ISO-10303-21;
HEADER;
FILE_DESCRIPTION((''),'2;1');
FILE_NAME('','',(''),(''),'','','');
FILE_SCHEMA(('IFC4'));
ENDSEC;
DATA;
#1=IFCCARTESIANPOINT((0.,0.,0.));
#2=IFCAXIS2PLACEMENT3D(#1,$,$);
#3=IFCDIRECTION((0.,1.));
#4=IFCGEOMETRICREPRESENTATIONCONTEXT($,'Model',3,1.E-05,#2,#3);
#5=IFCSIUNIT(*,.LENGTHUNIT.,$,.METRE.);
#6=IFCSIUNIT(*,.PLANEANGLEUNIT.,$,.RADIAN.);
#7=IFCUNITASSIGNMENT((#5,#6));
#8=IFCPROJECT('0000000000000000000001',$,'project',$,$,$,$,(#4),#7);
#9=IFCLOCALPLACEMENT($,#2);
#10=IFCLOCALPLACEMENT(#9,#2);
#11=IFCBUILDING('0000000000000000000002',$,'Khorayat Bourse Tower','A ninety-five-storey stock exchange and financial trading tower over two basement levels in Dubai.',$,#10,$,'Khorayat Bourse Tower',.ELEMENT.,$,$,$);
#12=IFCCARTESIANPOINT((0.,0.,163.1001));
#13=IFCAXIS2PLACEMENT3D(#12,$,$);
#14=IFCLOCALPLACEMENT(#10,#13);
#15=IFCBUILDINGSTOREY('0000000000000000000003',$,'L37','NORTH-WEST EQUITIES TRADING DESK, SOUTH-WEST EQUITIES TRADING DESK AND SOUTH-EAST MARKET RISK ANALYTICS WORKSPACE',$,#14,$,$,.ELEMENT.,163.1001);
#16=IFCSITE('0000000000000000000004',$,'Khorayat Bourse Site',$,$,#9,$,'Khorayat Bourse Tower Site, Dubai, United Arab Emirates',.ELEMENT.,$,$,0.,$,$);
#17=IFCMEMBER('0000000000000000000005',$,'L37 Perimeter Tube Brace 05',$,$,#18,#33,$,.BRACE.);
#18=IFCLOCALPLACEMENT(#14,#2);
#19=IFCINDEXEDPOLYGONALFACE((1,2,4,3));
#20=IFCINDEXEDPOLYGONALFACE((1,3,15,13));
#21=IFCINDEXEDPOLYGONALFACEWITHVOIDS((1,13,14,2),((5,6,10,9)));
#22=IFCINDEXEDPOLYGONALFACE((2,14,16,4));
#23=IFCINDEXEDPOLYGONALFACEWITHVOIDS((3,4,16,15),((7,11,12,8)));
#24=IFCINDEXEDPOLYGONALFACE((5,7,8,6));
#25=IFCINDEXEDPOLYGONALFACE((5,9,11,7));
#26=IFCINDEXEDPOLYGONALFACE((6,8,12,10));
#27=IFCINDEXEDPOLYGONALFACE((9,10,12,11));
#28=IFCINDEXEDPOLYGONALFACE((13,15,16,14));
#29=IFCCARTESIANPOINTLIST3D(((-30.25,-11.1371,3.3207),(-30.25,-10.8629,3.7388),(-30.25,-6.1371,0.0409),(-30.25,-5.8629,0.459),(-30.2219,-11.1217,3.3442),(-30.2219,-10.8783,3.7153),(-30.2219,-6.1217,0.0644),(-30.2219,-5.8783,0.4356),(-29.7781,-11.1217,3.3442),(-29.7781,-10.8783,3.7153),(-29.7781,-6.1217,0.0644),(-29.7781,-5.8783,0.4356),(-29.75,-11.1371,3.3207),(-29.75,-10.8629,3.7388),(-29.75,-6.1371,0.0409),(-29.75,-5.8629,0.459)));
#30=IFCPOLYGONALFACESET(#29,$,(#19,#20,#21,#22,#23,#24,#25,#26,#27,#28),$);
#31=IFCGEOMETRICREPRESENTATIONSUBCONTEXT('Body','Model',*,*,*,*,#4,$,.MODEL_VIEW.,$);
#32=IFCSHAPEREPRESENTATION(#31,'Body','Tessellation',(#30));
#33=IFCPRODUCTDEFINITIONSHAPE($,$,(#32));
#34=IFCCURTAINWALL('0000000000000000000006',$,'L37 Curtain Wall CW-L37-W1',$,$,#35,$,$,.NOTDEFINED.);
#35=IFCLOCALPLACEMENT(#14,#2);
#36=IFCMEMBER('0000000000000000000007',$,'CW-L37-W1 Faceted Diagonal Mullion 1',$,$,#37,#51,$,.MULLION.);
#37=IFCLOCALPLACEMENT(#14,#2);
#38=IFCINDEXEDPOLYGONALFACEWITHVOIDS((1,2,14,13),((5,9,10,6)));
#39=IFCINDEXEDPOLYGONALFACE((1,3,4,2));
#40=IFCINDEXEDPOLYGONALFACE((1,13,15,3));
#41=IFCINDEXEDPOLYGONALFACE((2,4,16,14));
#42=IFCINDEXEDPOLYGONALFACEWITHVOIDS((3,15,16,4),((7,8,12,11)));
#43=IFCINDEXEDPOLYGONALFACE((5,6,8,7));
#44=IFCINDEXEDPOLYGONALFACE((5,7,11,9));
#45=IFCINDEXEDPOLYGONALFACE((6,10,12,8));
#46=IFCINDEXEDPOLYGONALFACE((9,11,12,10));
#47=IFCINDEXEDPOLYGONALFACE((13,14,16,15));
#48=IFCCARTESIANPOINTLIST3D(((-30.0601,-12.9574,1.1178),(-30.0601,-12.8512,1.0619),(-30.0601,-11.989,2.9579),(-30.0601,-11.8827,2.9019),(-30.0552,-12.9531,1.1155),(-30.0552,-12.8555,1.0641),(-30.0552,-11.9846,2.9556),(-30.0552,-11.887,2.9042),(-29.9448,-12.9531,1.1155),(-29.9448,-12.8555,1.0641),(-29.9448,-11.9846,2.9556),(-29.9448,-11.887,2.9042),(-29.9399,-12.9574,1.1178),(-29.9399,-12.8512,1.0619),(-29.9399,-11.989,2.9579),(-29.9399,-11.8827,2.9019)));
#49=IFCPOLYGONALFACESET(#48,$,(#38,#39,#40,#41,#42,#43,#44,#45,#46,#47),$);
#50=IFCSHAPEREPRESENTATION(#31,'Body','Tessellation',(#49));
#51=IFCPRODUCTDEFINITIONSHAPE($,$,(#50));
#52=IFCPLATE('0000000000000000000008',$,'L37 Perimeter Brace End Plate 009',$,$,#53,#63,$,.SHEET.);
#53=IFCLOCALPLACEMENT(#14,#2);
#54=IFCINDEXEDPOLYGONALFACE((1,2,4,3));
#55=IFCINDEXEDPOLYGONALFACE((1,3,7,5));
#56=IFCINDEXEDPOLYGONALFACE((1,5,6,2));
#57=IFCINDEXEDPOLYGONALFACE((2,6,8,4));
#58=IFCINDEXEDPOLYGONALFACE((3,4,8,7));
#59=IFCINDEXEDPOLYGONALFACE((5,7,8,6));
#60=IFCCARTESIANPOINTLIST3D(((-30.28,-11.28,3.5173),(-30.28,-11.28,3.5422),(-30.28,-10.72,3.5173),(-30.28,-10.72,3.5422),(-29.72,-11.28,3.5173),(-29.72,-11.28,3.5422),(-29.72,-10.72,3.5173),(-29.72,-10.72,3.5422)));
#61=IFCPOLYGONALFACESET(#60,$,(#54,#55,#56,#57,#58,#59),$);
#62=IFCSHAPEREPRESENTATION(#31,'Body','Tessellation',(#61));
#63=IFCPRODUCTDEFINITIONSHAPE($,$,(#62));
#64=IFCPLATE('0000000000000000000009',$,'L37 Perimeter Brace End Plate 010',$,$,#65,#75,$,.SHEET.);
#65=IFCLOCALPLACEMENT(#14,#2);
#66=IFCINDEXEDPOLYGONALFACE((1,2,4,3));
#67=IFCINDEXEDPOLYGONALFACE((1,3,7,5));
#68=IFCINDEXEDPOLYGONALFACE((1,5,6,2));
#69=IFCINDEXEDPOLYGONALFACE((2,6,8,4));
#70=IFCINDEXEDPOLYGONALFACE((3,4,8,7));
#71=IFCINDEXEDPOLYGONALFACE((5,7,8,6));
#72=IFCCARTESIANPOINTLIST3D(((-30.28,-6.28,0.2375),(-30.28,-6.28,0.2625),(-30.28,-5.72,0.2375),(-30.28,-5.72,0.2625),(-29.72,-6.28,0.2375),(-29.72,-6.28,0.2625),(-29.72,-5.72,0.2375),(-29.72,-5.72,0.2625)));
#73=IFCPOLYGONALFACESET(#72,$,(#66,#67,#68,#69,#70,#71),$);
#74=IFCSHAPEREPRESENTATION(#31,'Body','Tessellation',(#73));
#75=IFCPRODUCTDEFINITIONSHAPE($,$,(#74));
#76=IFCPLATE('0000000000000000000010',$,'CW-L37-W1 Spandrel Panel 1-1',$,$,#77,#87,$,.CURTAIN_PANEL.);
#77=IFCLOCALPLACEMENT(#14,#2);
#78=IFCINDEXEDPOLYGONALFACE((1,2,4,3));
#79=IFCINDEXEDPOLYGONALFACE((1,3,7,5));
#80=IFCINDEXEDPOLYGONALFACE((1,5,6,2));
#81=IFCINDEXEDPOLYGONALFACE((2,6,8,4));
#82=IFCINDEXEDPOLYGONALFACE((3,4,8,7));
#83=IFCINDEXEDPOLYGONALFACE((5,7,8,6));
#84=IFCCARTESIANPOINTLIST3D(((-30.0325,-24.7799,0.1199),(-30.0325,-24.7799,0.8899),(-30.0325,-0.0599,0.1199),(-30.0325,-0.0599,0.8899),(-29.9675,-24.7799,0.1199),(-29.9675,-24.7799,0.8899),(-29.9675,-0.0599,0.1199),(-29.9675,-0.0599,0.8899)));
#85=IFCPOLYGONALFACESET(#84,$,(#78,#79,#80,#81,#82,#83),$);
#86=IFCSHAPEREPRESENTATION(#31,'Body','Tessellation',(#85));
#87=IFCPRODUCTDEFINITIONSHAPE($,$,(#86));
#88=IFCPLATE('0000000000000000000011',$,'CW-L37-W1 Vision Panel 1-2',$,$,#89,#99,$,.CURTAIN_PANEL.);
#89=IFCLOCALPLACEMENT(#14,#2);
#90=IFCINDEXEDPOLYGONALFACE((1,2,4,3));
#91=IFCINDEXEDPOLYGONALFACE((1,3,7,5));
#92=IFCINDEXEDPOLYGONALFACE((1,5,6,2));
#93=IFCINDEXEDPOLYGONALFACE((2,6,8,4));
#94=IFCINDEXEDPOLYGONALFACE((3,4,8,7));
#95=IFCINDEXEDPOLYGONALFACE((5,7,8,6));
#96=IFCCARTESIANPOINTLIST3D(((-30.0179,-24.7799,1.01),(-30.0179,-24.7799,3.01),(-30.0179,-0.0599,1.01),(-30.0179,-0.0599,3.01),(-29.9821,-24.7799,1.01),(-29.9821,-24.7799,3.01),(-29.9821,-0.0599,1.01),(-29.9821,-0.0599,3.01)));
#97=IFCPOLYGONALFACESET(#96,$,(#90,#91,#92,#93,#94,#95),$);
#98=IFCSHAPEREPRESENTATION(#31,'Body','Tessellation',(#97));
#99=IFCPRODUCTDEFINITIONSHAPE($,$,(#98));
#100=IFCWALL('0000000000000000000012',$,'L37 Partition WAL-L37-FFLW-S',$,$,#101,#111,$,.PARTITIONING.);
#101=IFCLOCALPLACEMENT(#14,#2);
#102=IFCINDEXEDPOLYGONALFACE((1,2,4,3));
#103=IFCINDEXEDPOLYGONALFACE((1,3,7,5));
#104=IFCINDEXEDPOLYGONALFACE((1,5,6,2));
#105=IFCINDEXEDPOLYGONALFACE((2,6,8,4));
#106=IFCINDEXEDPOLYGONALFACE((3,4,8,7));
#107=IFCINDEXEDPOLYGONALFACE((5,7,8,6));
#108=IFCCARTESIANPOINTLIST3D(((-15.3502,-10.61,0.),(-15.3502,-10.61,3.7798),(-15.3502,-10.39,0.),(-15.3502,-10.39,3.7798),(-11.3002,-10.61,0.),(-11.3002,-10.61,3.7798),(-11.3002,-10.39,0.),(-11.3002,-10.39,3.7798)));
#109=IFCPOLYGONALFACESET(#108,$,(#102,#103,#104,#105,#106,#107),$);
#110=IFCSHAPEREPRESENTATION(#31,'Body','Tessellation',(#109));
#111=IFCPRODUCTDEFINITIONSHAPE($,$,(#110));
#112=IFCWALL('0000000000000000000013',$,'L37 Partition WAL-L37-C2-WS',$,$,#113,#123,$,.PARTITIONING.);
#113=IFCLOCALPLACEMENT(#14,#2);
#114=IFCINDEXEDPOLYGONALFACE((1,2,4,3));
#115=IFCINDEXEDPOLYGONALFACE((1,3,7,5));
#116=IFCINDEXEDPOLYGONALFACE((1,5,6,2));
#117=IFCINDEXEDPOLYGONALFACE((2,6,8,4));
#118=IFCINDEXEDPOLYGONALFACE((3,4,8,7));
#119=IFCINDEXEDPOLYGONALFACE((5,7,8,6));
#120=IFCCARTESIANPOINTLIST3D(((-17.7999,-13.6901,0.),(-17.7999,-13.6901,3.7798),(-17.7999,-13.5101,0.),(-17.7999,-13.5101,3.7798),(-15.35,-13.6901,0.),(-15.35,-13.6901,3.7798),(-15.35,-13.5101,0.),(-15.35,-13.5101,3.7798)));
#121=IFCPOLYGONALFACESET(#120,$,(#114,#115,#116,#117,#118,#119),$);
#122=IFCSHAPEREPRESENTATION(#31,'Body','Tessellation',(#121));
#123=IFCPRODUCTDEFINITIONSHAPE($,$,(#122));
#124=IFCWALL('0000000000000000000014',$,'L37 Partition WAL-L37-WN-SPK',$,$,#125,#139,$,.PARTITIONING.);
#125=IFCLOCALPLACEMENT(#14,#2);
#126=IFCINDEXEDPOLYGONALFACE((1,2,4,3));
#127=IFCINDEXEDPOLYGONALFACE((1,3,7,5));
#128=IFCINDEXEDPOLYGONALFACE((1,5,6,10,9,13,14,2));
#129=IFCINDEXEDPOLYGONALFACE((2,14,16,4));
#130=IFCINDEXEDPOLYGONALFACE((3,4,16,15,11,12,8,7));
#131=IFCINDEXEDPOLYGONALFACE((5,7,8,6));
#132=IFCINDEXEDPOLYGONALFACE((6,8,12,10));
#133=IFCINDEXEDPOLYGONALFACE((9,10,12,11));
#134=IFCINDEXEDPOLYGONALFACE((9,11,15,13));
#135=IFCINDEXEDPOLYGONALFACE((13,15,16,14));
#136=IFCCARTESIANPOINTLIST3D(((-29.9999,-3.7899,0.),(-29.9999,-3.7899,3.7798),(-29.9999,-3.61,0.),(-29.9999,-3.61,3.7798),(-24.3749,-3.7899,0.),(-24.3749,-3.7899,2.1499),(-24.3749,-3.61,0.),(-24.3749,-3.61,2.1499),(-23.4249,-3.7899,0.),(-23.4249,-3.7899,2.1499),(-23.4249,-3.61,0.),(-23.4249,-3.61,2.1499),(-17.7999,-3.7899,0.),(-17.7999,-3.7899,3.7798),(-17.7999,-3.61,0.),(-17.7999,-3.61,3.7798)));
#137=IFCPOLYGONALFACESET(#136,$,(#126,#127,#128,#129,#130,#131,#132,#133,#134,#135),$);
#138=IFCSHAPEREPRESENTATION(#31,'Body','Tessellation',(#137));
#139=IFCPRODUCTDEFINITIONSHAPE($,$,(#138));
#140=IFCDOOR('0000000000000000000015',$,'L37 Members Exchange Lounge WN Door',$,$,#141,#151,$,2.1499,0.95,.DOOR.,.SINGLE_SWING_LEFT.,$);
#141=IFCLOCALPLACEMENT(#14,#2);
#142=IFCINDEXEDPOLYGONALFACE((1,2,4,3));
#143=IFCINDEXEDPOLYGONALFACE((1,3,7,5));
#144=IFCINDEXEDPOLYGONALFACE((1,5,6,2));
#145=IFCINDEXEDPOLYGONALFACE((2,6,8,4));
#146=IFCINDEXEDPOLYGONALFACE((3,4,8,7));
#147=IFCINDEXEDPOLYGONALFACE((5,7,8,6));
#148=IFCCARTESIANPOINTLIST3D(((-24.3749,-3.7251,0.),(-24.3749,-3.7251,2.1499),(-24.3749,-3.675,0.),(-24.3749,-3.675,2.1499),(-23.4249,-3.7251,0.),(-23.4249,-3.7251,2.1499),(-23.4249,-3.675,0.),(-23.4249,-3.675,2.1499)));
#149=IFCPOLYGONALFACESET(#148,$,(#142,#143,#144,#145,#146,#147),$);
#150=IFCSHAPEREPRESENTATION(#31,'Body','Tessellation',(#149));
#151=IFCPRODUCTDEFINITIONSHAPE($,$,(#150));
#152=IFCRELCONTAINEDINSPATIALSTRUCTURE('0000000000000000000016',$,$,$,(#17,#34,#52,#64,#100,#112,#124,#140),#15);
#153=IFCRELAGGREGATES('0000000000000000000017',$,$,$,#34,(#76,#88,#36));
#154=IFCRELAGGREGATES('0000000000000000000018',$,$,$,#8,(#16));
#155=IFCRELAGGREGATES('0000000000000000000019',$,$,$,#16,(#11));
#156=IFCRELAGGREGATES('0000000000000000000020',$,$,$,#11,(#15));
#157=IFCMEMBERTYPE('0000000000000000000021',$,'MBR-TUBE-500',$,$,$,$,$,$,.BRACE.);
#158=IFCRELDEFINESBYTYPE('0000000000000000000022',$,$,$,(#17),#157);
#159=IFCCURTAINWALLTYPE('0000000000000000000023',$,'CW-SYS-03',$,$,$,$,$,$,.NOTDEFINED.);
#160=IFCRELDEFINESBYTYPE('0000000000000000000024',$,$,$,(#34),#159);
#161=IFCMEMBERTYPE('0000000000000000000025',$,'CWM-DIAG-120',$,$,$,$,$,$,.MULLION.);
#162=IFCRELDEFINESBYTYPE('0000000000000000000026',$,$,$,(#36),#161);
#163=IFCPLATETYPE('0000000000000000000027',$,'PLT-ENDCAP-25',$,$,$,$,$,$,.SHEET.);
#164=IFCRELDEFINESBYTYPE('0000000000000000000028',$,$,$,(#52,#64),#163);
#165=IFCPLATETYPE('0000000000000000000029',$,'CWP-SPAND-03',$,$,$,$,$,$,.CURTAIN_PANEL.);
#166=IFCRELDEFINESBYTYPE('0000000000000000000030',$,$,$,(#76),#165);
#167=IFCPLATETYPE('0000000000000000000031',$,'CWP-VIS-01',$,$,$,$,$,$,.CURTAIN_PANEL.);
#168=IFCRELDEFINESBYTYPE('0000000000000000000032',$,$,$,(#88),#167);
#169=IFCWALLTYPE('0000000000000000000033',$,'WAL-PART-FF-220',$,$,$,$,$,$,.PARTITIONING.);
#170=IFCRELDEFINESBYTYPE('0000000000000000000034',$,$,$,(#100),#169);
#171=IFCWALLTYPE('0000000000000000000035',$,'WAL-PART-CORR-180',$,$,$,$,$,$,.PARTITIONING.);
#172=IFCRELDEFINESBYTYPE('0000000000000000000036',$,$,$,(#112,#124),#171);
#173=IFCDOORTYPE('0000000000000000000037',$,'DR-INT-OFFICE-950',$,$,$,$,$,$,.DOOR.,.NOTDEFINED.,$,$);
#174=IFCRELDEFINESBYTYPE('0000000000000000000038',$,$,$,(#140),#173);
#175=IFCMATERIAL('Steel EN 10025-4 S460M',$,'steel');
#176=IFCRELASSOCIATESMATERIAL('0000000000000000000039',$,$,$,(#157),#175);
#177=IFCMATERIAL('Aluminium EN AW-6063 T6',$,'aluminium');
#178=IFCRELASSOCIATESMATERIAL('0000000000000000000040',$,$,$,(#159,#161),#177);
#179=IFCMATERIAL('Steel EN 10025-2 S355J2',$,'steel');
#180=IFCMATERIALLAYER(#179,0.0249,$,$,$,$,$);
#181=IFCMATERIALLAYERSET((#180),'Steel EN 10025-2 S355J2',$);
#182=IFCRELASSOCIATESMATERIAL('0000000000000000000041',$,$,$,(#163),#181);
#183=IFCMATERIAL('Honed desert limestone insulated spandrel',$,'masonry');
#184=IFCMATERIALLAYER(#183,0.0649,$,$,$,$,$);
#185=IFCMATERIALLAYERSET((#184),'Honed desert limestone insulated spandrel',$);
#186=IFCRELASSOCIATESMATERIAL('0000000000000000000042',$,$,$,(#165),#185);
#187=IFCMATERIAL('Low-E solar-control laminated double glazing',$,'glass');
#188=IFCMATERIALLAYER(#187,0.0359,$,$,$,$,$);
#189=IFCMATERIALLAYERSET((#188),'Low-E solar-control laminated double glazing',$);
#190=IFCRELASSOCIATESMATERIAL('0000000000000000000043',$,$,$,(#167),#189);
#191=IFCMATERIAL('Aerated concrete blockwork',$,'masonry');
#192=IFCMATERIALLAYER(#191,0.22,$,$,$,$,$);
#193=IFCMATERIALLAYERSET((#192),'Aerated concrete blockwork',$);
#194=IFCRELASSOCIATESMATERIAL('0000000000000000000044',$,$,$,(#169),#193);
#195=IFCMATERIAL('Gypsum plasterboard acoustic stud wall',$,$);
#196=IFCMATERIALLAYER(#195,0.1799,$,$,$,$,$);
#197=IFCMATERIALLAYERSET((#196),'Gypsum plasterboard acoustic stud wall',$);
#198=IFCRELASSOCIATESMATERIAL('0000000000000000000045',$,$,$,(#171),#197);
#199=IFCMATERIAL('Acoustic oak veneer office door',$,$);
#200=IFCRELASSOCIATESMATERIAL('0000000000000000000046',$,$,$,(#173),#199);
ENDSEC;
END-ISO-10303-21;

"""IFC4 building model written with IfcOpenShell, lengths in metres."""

from ifc_helpers import new_model, si_unit, direction, frame, frame_2d, origin, origin_2d, place, context, subcontext, project, spatial, rectangle, hollow_rectangle, extrude, source, transform, mapped, material, layer, layer_set, material_profile, profile_set, type_object, element, fill, aggregate, save


model = new_model("IFC4")

# Units and contexts
model_context = context("Model", 3, precision=1e-05, world=origin(), true_north=direction((0.0, 1.0)))
body_context = subcontext(model_context, "Body", "Model", "MODEL_VIEW")
ifc_project = project(units=[si_unit("LENGTHUNIT", "METRE"), si_unit("PLANEANGLEUNIT", "RADIAN")], contexts=[model_context])

# Site, building, storey
site_placement = place(None, origin())
site = spatial("IfcSite", under=ifc_project, at=site_placement, Name="Khorayat Bourse Site", LongName="Khorayat Bourse Tower Site, Dubai, United Arab Emirates", CompositionType="ELEMENT", RefElevation=0.0)
building_placement = place(site_placement, origin())
building = spatial("IfcBuilding", under=site, at=building_placement, Name="Khorayat Bourse Tower", Description="A ninety-five-storey stock exchange and financial trading tower over two basement levels in Dubai.", LongName="Khorayat Bourse Tower", CompositionType="ELEMENT")
storey_placement = place(building_placement, frame((0.0, 0.0, 163.1001)))
storey = spatial("IfcBuildingStorey", under=building, at=storey_placement, Name="L37", Description="NORTH-WEST EQUITIES TRADING DESK, SOUTH-WEST EQUITIES TRADING DESK AND SOUTH-EAST MARKET RISK ANALYTICS WORKSPACE", CompositionType="ELEMENT", Elevation=163.1001)

# Shared definitions
ifc_material_1 = material(Name="Steel EN 10025-4 S460M", Category="steel")

# Member
ifc_material_profile_1 = material_profile(ifc_material_1, hollow_rectangle(XDim=0.5, YDim=0.5, WallThickness=0.0281, at=origin_2d()), Name="HSS 500x500x28")
ifc_profile_set_1 = profile_set([ifc_material_profile_1], Name="Steel EN 10025-4 S460M")
member_type_1 = type_object("IfcMemberType", Name="MBR-TUBE-500", PredefinedType="BRACE", material=ifc_profile_set_1)
shared_shape_1 = source(origin(), body_context, "Body", "SweptSolid", [
    extrude(hollow_rectangle(XDim=0.5, YDim=0.5, WallThickness=0.0281, at=origin_2d()), origin(), (0.0, 0.0, 1.0), 5.9797),
])
member_1_placement = place(storey_placement, frame((-30.0, -11.0, 3.5298), z_axis=(0.0, 0.83616, -0.548485), x_axis=(-1.0, 0.0, 0.0)))
element("IfcMember", 1, at=member_1_placement, inside=storey, type_object=member_type_1, Name="L37 Perimeter Tube Brace 05", PredefinedType="BRACE", context=body_context, shape_type="MappedRepresentation", body=[
    mapped(shared_shape_1, transform((0.0, 0.0, 0.0), scale=1.0)),
])

# Curtain wall, member
ifc_material_2 = material(Name="Aluminium EN AW-6063 T6", Category="aluminium")
curtain_wall_type = type_object("IfcCurtainWallType", Name="CW-SYS-03", PredefinedType="NOTDEFINED", material=ifc_material_2)
curtain_wall_placement = place(storey_placement, origin())
curtain_wall = element("IfcCurtainWall", 2, at=curtain_wall_placement, inside=storey, type_object=curtain_wall_type, Name="L37 Curtain Wall CW-L37-W1", PredefinedType="NOTDEFINED")
ifc_material_profile_2 = material_profile(ifc_material_2, hollow_rectangle(XDim=0.1201, YDim=0.1201, WallThickness=0.0049, at=origin_2d()), Name="ALU 120x120x5")
ifc_profile_set_2 = profile_set([ifc_material_profile_2], Name="Aluminium EN AW-6063 T6")
member_type_2 = type_object("IfcMemberType", Name="CWM-DIAG-120", PredefinedType="MULLION", material=ifc_profile_set_2)
shared_shape_2 = source(origin(), body_context, "Body", "SweptSolid", [
    extrude(hollow_rectangle(XDim=0.1201, YDim=0.1201, WallThickness=0.0049, at=origin_2d()), origin(), (0.0, 0.0, 1.0), 2.0793),
])
member_2_placement = place(storey_placement, frame((-30.0, -12.9043, 1.0898), z_axis=(0.0, 0.465761, 0.884911), x_axis=(-1.0, 0.0, 0.0)))
member_2 = element("IfcMember", 3, at=member_2_placement, type_object=member_type_2, Name="CW-L37-W1 Faceted Diagonal Mullion 1", PredefinedType="MULLION", context=body_context, shape_type="MappedRepresentation", body=[
    mapped(shared_shape_2, transform((0.0, 0.0, 0.0), scale=1.0)),
])

# Plates
ifc_material_3 = material(Name="Steel EN 10025-2 S355J2", Category="steel")
ifc_layer_1 = layer(ifc_material_3, 0.0249)
ifc_layer_set_1 = layer_set([ifc_layer_1], Name="Steel EN 10025-2 S355J2")
plate_type_1 = type_object("IfcPlateType", Name="PLT-ENDCAP-25", PredefinedType="SHEET", material=ifc_layer_set_1)
shared_shape_3 = source(origin(), body_context, "Body", "SweptSolid", [
    extrude(rectangle(XDim=0.5601, YDim=0.5601, at=origin_2d()), origin(), (0.0, 0.0, 1.0), 0.0249),
])
for number, where, z_axis, x_axis, name in (
    (4, (-30.0, -11.0, 3.5173), (0.0, 0.0, 1.0), (1.0, 0.0, 0.0), "L37 Perimeter Brace End Plate 009"),
    (5, (-30.0, -6.0, 0.2375), (0.0, 0.0, 1.0), (1.0, 0.0, 0.0), "L37 Perimeter Brace End Plate 010"),
):
    element("IfcPlate", number, at=place(storey_placement, frame(where, z_axis=z_axis, x_axis=x_axis)), inside=storey, type_object=plate_type_1, Name=name, PredefinedType="SHEET", context=body_context, shape_type="MappedRepresentation", body=[
        mapped(shared_shape_3, transform((0.0, 0.0, 0.0), scale=1.0)),
    ])

# Plates
ifc_material_4 = material(Name="Honed desert limestone insulated spandrel", Category="masonry")
ifc_layer_2 = layer(ifc_material_4, 0.0649)
ifc_layer_set_2 = layer_set([ifc_layer_2], Name="Honed desert limestone insulated spandrel")
plate_type_2 = type_object("IfcPlateType", Name="CWP-SPAND-03", PredefinedType="CURTAIN_PANEL", material=ifc_layer_set_2)
shared_shape_4 = source(origin(), body_context, "Body", "SweptSolid", [
    extrude(rectangle(XDim=24.72, YDim=0.0649, at=origin_2d()), origin(), (0.0, 0.0, 1.0), 0.77),
])
plate_1_placement = place(storey_placement, frame((-30.0, -12.4199, 0.1199), z_axis=(0.0, 0.0, 1.0), x_axis=(0.0, 1.0, 0.0)))
plate_1 = element("IfcPlate", 6, at=plate_1_placement, type_object=plate_type_2, Name="CW-L37-W1 Spandrel Panel 1-1", PredefinedType="CURTAIN_PANEL", context=body_context, shape_type="MappedRepresentation", body=[
    mapped(shared_shape_4, transform((0.0, 0.0, 0.0), scale=1.0)),
])
ifc_material_5 = material(Name="Low-E solar-control laminated double glazing", Category="glass")
ifc_layer_3 = layer(ifc_material_5, 0.0359)
ifc_layer_set_3 = layer_set([ifc_layer_3], Name="Low-E solar-control laminated double glazing")
plate_type_3 = type_object("IfcPlateType", Name="CWP-VIS-01", PredefinedType="CURTAIN_PANEL", material=ifc_layer_set_3)
shared_shape_5 = source(origin(), body_context, "Body", "SweptSolid", [
    extrude(rectangle(XDim=24.72, YDim=0.0359, at=origin_2d()), origin(), (0.0, 0.0, 1.0), 2.0),
])
plate_2_placement = place(storey_placement, frame((-30.0, -12.4199, 1.01), z_axis=(0.0, 0.0, 1.0), x_axis=(0.0, 1.0, 0.0)))
plate_2 = element("IfcPlate", 7, at=plate_2_placement, type_object=plate_type_3, Name="CW-L37-W1 Vision Panel 1-2", PredefinedType="CURTAIN_PANEL", context=body_context, shape_type="MappedRepresentation", body=[
    mapped(shared_shape_5, transform((0.0, 0.0, 0.0), scale=1.0)),
])
aggregate(curtain_wall, [plate_1, plate_2, member_2])

# Walls
ifc_material_6 = material(Name="Aerated concrete blockwork", Category="masonry")
ifc_layer_4 = layer(ifc_material_6, 0.22)
ifc_layer_set_4 = layer_set([ifc_layer_4], Name="Aerated concrete blockwork")
wall_type_1 = type_object("IfcWallType", Name="WAL-PART-FF-220", PredefinedType="PARTITIONING", material=ifc_layer_set_4)
shared_shape_6 = source(origin(), body_context, "Body", "SweptSolid", [
    extrude(rectangle(XDim=4.05, YDim=0.22, at=frame_2d((2.0249, 0.0))), origin(), (0.0, 0.0, 1.0), 3.7798),
])
wall_1_placement = place(storey_placement, frame((-15.3501, -10.5, 0.0), z_axis=(0.0, 0.0, 1.0), x_axis=(1.0, 0.0, 0.0)))
element("IfcWall", 8, at=wall_1_placement, inside=storey, type_object=wall_type_1, Name="L37 Partition WAL-L37-FFLW-S", PredefinedType="PARTITIONING", context=body_context, shape_type="MappedRepresentation", body=[
    mapped(shared_shape_6, transform((0.0, 0.0, 0.0), scale=1.0)),
])
ifc_material_7 = material(Name="Gypsum plasterboard acoustic stud wall")
ifc_layer_5 = layer(ifc_material_7, 0.1799)
ifc_layer_set_5 = layer_set([ifc_layer_5], Name="Gypsum plasterboard acoustic stud wall")
wall_type_2 = type_object("IfcWallType", Name="WAL-PART-CORR-180", PredefinedType="PARTITIONING", material=ifc_layer_set_5)
shared_shape_7 = source(origin(), body_context, "Body", "SweptSolid", [
    extrude(rectangle(XDim=2.45, YDim=0.1799, at=frame_2d((1.2251, 0.0))), origin(), (0.0, 0.0, 1.0), 3.7798),
])
wall_2_placement = place(storey_placement, frame((-17.8, -13.6001, 0.0), z_axis=(0.0, 0.0, 1.0), x_axis=(1.0, 0.0, 0.0)))
element("IfcWall", 9, at=wall_2_placement, inside=storey, type_object=wall_type_2, Name="L37 Partition WAL-L37-C2-WS", PredefinedType="PARTITIONING", context=body_context, shape_type="MappedRepresentation", body=[
    mapped(shared_shape_7, transform((0.0, 0.0, 0.0), scale=1.0)),
])

# Wall, opening, door
shared_shape_8 = source(origin(), body_context, "Body", "SweptSolid", [
    extrude(rectangle(XDim=12.2, YDim=0.1799, at=frame_2d((6.1001, 0.0))), origin(), (0.0, 0.0, 1.0), 3.7798),
])
wall_3_placement = place(storey_placement, frame((-30.0, -3.7, 0.0), z_axis=(0.0, 0.0, 1.0), x_axis=(1.0, 0.0, 0.0)))
wall_3 = element("IfcWall", 10, at=wall_3_placement, inside=storey, type_object=wall_type_2, Name="L37 Partition WAL-L37-WN-SPK", PredefinedType="PARTITIONING", context=body_context, shape_type="MappedRepresentation", body=[
    mapped(shared_shape_8, transform((0.0, 0.0, 0.0), scale=1.0)),
])
shared_shape_9 = source(origin(), body_context, "Body", "SweptSolid", [
    extrude(rectangle(XDim=0.95, YDim=2.1499, at=frame_2d((0.4751, 1.075))), frame((0.0, 0.0999, 0.0), z_axis=(0.0, -1.0, 0.0), x_axis=(1.0, 0.0, 0.0)), (0.0, 0.0, 1.0), 0.2),
])
opening_1_placement = place(wall_3_placement, frame((5.625, 0.0, 0.0)))
opening_1 = element("IfcOpeningElement", 11, at=opening_1_placement, cuts=wall_3, PredefinedType="OPENING", context=body_context, shape_type="MappedRepresentation", body=[
    mapped(shared_shape_9, transform((0.0, 0.0, 0.0), scale=1.0)),
])
ifc_material_8 = material(Name="Acoustic oak veneer office door")
door_type = type_object("IfcDoorType", Name="DR-INT-OFFICE-950", OperationType="NOTDEFINED", PredefinedType="DOOR", material=ifc_material_8)
shared_shape_10 = source(origin(), body_context, "Body", "SweptSolid", [
    extrude(rectangle(XDim=0.95, YDim=2.1499, at=frame_2d((0.4751, 1.075))), frame((0.0, 0.0249, 0.0), z_axis=(0.0, -1.0, 0.0), x_axis=(1.0, 0.0, 0.0)), (0.0, 0.0, 1.0), 0.05),
])
door_1_placement = place(opening_1_placement, origin())
door_1 = element("IfcDoor", 12, at=door_1_placement, inside=storey, type_object=door_type, Name="L37 Members Exchange Lounge WN Door", OperationType="SINGLE_SWING_LEFT", OverallHeight=2.1499, OverallWidth=0.95, PredefinedType="DOOR", context=body_context, shape_type="MappedRepresentation", body=[
    mapped(shared_shape_10, transform((0.0, 0.0, 0.0), scale=1.0)),
])
fill(opening_1, door_1)

save(model, "model.ifc")
